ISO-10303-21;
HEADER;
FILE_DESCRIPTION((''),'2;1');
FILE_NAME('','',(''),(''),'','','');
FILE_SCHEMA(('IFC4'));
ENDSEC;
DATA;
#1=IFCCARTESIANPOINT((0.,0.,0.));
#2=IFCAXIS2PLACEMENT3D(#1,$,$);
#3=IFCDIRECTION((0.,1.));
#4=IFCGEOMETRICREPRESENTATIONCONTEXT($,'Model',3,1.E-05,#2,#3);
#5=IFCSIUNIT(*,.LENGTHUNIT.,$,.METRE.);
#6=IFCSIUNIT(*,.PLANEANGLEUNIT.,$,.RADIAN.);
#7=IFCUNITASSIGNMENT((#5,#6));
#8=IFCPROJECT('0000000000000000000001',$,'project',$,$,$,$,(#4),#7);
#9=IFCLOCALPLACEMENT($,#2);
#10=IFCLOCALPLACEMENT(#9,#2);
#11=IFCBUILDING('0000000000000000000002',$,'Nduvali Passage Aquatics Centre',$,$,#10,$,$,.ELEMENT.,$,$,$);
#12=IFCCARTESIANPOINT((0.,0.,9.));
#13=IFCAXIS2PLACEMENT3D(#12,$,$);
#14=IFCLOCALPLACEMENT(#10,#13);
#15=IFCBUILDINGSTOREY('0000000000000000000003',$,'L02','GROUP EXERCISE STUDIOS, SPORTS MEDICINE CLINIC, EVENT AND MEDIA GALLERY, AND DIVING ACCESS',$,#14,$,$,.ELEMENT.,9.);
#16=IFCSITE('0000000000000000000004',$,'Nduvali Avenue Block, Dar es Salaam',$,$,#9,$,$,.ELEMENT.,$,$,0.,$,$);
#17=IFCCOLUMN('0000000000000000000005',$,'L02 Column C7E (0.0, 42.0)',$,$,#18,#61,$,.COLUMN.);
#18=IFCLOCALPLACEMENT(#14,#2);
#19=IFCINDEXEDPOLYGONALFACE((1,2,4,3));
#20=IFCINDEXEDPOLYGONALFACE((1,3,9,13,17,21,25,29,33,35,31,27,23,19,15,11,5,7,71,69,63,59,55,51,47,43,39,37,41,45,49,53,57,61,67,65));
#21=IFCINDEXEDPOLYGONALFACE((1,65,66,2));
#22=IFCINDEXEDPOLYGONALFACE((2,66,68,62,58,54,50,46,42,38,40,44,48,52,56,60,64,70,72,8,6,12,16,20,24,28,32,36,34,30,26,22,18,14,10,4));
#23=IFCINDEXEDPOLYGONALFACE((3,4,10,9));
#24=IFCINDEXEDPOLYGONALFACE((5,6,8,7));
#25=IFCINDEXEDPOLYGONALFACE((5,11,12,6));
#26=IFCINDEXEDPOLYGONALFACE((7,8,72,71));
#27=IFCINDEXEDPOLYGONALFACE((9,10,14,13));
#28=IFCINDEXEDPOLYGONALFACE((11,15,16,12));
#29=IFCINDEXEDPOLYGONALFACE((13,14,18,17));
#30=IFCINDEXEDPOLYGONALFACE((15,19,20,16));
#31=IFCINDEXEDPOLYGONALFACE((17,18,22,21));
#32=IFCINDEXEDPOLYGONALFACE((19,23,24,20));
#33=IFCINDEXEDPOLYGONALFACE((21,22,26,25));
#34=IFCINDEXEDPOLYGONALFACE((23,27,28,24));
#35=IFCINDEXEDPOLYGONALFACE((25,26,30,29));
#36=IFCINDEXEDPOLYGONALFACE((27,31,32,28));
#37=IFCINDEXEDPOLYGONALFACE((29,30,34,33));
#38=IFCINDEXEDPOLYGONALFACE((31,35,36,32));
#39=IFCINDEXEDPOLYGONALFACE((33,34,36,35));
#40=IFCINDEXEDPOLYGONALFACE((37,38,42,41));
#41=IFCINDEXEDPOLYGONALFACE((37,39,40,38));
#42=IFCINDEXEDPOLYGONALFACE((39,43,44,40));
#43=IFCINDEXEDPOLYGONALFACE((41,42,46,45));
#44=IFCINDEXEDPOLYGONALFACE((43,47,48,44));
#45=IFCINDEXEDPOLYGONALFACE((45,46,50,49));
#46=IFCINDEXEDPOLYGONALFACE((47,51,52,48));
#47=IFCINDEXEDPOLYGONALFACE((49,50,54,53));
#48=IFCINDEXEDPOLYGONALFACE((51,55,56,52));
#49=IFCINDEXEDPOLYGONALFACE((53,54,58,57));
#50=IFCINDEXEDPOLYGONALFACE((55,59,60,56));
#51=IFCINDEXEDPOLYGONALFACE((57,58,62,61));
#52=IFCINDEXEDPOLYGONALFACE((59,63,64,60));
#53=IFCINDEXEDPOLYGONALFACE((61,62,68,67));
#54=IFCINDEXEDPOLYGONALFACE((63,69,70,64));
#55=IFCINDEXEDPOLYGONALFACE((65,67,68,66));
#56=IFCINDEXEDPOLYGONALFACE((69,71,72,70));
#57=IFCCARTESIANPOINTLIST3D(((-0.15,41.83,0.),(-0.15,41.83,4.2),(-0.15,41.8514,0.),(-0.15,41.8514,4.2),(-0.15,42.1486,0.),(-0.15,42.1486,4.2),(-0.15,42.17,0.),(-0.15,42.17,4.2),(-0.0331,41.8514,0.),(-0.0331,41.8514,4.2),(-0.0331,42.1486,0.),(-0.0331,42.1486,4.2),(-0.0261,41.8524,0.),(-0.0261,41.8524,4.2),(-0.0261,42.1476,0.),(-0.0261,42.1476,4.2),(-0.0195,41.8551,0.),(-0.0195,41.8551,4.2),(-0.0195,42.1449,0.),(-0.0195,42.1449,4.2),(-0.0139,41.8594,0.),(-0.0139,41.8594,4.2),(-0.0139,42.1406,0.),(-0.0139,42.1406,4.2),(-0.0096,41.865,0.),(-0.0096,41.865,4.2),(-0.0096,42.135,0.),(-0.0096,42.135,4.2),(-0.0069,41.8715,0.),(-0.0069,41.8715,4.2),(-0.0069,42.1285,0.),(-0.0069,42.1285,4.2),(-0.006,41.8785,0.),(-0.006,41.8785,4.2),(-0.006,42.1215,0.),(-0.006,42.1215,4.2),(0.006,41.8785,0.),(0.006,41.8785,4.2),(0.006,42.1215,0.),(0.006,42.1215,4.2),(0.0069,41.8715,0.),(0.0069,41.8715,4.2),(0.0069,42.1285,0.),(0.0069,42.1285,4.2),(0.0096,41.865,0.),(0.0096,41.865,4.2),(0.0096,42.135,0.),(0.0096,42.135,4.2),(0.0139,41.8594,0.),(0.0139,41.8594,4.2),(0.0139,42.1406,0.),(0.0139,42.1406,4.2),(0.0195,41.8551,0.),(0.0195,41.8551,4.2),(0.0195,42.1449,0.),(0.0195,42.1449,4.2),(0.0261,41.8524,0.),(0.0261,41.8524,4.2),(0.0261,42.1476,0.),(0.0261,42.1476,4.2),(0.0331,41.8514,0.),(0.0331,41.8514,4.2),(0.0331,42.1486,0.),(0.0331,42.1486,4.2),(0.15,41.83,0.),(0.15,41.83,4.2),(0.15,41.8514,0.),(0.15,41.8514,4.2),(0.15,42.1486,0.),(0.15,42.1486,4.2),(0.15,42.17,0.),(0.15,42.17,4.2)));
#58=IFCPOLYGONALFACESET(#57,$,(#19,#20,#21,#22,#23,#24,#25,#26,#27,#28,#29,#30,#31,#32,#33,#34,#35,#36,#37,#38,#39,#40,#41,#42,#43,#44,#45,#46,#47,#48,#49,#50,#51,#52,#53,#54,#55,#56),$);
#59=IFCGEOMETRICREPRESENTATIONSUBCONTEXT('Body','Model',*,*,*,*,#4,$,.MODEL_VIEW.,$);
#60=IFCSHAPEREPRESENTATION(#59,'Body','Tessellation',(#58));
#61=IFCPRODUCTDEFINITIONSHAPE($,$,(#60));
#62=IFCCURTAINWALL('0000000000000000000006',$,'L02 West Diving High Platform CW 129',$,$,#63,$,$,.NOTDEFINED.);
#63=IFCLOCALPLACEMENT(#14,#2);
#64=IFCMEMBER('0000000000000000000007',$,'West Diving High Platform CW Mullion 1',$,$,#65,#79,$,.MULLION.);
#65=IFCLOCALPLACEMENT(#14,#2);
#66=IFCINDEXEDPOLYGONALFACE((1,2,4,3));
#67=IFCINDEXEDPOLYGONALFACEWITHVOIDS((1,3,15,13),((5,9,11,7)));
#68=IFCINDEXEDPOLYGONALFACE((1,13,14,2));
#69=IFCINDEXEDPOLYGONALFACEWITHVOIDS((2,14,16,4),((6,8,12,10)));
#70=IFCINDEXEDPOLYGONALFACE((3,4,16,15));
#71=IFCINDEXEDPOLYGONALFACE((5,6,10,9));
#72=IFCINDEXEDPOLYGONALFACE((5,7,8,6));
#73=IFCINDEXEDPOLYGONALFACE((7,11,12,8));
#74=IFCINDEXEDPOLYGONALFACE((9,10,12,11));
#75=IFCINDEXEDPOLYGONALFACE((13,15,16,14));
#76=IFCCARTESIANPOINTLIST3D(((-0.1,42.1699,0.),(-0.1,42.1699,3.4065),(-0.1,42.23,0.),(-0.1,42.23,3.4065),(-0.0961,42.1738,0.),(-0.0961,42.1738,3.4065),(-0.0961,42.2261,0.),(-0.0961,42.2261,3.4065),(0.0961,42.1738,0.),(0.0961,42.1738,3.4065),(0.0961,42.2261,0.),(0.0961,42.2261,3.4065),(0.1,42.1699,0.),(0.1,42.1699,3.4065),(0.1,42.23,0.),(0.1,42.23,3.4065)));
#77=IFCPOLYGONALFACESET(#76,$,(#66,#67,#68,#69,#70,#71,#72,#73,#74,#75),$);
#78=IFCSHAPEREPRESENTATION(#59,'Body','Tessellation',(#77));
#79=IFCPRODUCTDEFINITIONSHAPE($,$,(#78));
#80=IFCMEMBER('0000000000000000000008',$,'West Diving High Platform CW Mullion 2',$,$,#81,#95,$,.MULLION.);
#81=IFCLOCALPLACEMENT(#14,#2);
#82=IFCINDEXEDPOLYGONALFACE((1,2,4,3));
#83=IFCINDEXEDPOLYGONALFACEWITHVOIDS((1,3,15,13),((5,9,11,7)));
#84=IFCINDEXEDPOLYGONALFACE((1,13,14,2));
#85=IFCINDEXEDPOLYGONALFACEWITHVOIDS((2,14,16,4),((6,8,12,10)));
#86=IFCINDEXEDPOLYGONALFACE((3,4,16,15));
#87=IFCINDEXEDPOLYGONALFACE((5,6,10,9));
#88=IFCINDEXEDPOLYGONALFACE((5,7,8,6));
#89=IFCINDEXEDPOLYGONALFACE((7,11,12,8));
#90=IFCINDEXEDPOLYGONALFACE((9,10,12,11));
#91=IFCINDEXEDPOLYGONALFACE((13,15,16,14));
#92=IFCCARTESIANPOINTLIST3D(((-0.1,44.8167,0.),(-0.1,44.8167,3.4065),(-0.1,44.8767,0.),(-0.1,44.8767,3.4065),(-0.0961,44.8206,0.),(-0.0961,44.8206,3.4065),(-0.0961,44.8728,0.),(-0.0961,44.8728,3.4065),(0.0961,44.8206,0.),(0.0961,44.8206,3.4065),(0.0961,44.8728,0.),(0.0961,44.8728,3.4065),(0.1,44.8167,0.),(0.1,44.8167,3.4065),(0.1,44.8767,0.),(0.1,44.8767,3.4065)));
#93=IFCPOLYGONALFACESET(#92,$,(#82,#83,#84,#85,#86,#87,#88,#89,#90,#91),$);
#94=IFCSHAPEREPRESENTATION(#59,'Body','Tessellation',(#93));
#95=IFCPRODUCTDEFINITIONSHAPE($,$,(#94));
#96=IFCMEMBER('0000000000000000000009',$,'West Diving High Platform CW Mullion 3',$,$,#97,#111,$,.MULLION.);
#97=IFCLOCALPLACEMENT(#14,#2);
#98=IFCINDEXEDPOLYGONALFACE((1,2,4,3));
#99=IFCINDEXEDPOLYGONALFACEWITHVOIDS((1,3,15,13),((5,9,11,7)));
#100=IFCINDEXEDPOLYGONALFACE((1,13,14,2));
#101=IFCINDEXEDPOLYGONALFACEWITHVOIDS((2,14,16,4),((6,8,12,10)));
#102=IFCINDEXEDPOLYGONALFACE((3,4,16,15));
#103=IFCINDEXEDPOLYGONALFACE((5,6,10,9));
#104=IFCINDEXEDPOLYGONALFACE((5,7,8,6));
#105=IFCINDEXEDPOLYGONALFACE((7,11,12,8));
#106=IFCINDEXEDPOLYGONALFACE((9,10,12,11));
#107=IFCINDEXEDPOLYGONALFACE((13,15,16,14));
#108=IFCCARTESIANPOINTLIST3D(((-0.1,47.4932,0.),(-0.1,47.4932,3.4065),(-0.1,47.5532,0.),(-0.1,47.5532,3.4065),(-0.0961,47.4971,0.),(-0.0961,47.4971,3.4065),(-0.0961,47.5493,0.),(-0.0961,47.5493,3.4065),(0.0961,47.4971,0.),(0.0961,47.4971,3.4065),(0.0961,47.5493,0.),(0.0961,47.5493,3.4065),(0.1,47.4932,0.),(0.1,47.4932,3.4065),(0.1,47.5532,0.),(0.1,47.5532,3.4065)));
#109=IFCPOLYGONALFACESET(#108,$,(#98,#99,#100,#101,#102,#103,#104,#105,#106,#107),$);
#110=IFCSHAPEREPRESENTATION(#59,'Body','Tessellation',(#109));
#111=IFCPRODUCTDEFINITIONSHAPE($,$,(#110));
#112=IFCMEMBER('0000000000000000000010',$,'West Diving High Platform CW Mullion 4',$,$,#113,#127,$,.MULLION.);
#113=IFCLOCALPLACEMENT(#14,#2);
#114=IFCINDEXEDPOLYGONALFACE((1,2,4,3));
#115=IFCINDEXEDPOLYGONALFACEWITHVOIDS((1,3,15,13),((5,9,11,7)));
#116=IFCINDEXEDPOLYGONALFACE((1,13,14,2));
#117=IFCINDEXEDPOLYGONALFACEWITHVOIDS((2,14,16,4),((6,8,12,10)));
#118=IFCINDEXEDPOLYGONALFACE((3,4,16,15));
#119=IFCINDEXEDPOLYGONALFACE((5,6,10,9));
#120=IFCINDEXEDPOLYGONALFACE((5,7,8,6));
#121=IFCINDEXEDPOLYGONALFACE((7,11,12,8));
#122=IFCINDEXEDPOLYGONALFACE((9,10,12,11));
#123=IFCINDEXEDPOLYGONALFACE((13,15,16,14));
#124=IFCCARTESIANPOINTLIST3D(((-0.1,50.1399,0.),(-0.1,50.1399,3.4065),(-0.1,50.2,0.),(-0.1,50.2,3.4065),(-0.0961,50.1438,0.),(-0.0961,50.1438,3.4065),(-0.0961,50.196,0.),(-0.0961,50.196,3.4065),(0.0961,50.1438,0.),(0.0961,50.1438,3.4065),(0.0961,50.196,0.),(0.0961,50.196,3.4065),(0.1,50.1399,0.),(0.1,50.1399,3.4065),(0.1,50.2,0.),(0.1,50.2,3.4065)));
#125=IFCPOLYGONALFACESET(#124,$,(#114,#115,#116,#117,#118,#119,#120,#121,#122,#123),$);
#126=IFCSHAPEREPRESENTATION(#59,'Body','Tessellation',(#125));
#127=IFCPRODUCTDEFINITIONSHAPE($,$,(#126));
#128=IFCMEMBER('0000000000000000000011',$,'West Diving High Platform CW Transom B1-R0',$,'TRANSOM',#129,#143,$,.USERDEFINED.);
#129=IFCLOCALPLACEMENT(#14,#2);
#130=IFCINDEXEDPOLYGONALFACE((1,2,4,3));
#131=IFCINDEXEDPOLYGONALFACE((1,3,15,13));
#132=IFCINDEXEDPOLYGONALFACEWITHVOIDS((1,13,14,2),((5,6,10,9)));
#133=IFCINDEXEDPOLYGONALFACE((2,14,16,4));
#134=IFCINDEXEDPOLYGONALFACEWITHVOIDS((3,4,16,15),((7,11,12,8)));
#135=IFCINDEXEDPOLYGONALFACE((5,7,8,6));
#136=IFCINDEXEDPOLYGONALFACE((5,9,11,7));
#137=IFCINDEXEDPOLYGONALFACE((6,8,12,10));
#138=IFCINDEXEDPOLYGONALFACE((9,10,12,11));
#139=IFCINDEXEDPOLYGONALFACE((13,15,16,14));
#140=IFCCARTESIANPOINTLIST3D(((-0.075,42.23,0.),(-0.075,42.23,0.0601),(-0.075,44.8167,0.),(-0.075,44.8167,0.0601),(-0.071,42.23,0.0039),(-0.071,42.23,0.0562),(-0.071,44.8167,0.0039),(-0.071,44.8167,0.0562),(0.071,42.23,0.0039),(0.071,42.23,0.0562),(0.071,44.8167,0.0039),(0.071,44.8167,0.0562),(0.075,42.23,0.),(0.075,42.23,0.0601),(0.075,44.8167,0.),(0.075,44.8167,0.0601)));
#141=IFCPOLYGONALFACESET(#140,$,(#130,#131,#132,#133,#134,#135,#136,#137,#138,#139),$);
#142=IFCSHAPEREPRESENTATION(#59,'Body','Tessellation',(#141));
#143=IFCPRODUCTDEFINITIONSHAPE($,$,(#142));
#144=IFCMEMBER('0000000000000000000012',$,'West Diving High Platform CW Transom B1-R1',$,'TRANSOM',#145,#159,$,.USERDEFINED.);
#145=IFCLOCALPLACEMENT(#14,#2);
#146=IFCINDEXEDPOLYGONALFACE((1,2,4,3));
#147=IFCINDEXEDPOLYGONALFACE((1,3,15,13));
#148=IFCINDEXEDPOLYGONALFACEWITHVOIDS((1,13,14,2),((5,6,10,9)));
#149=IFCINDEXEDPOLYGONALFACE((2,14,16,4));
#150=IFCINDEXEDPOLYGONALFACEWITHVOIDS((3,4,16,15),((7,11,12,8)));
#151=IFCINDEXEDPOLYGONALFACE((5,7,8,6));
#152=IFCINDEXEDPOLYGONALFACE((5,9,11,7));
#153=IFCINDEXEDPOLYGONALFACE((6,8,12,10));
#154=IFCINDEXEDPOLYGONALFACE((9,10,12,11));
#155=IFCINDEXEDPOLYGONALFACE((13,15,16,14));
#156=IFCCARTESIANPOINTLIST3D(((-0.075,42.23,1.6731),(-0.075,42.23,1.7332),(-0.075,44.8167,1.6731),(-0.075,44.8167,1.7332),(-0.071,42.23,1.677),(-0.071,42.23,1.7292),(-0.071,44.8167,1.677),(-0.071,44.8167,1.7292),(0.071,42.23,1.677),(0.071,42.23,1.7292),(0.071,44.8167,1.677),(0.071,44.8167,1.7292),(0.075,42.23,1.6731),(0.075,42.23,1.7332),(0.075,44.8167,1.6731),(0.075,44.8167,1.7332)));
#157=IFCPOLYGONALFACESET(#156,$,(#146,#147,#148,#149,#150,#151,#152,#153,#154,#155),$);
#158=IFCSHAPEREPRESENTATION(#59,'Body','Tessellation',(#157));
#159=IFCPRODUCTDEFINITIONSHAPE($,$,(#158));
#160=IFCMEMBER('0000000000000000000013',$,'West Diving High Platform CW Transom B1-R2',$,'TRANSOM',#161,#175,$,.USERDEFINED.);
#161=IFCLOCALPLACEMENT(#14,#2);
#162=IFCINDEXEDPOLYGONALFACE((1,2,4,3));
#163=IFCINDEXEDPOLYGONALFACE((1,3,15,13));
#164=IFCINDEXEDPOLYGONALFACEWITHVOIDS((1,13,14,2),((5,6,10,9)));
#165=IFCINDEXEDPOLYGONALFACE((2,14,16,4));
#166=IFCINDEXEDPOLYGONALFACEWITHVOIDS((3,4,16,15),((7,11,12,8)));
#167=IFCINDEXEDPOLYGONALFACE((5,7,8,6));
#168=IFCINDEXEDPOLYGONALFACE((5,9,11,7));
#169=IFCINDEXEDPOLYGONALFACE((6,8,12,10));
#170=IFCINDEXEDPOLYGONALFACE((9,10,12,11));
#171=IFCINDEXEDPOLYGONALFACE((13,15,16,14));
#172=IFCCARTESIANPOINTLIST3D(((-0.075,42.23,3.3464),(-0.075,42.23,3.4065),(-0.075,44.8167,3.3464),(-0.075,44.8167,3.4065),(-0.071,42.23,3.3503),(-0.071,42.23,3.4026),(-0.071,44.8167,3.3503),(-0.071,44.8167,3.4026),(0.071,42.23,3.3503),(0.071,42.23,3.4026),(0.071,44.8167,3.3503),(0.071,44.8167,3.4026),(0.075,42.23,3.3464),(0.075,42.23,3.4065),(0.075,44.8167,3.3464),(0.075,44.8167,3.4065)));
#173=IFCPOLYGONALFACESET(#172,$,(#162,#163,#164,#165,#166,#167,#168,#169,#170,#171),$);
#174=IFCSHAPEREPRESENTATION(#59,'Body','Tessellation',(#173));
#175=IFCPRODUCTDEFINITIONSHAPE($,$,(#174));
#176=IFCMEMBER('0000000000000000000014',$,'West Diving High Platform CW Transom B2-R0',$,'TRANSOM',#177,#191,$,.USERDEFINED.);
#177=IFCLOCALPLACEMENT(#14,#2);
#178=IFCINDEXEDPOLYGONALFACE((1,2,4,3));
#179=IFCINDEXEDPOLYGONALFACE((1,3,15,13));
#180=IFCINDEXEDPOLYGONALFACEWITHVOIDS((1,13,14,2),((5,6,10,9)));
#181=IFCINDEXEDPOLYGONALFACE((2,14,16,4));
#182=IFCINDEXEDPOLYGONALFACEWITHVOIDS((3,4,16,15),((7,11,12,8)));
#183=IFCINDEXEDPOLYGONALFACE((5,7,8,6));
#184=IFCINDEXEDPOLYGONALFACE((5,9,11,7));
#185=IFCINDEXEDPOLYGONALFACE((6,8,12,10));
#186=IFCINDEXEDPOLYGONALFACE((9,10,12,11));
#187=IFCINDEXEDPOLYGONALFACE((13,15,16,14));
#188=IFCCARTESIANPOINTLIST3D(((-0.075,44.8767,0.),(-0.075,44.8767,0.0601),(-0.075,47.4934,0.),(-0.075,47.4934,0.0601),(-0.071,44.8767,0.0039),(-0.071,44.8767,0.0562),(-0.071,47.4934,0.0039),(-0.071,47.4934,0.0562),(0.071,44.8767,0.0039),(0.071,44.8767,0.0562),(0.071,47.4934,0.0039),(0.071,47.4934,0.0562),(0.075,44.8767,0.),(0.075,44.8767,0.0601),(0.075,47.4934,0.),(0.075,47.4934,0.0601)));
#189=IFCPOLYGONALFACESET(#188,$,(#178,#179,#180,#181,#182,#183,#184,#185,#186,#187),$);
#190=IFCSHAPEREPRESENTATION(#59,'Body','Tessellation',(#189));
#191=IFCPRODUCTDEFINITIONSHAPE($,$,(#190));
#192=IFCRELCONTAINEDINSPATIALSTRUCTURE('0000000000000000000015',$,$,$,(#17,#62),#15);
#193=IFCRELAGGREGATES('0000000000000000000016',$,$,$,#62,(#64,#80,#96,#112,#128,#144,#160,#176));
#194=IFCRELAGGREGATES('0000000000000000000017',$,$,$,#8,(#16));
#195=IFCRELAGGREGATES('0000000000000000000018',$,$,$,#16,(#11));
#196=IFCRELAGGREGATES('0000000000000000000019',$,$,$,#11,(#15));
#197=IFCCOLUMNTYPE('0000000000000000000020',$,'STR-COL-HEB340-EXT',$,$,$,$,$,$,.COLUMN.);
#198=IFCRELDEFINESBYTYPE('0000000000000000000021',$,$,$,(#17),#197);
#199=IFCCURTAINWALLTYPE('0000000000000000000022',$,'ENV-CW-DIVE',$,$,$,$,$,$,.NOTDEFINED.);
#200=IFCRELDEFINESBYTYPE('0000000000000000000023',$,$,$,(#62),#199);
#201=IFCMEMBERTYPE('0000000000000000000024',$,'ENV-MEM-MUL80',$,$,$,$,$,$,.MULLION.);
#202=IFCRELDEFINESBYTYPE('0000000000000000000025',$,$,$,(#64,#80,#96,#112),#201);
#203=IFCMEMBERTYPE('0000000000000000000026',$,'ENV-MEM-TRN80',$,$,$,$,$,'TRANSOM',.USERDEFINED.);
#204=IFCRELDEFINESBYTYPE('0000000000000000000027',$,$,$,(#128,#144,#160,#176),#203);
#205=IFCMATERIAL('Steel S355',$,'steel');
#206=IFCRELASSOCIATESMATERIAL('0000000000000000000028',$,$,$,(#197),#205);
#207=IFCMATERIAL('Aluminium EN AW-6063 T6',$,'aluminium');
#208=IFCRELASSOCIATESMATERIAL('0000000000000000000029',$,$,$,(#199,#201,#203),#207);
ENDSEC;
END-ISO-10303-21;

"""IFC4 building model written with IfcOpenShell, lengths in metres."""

from ifc_helpers import new_model, si_unit, direction, frame, origin, origin_2d, place, context, subcontext, project, spatial, hollow_rectangle, i_section, extrude, material, material_profile, profile_set, type_object, element, aggregate, save


model = new_model("IFC4")

# Units and contexts
model_context = context("Model", 3, precision=1e-05, world=origin(), true_north=direction((0.0, 1.0)))
body_context = subcontext(model_context, "Body", "Model", "MODEL_VIEW")
ifc_project = project(units=[si_unit("LENGTHUNIT", "METRE"), si_unit("PLANEANGLEUNIT", "RADIAN")], contexts=[model_context])

# Site, building, storey
site_placement = place(None, origin())
site = spatial("IfcSite", under=ifc_project, at=site_placement, Name="Nduvali Avenue Block, Dar es Salaam", CompositionType="ELEMENT", RefElevation=0.0)
building_placement = place(site_placement, origin())
building = spatial("IfcBuilding", under=site, at=building_placement, Name="Nduvali Passage Aquatics Centre", CompositionType="ELEMENT")
storey_placement = place(building_placement, frame((0.0, 0.0, 9.0)))
storey = spatial("IfcBuildingStorey", under=building, at=storey_placement, Name="L02", Description="GROUP EXERCISE STUDIOS, SPORTS MEDICINE CLINIC, EVENT AND MEDIA GALLERY, AND DIVING ACCESS", CompositionType="ELEMENT", Elevation=9.0)

# Column
ifc_material_1 = material(Name="Steel S355", Category="steel")
ifc_material_profile_1 = material_profile(ifc_material_1, i_section(OverallWidth=0.3, OverallDepth=0.3401, WebThickness=0.012, FlangeThickness=0.0215, FilletRadius=0.0271, at=origin_2d()), Name="HEB 340")
ifc_profile_set_1 = profile_set([ifc_material_profile_1], Name="Steel S355")
column_type = type_object("IfcColumnType", Name="STR-COL-HEB340-EXT", PredefinedType="COLUMN", material=ifc_profile_set_1)
column_placement = place(storey_placement, frame((0.0, 42.0, 0.0), z_axis=(0.0, 0.0, 1.0), x_axis=(1.0, 0.0, 0.0)))
element("IfcColumn", 1, at=column_placement, inside=storey, type_object=column_type, Name="L02 Column C7E (0.0, 42.0)", PredefinedType="COLUMN", context=body_context, shape_type="SweptSolid", body=[
    extrude(i_section(OverallWidth=0.3, OverallDepth=0.3401, WebThickness=0.012, FlangeThickness=0.0215, FilletRadius=0.0271, at=origin_2d()), origin(), (0.0, 0.0, 1.0), 4.2),
])

# Curtain wall, members
ifc_material_2 = material(Name="Aluminium EN AW-6063 T6", Category="aluminium")
curtain_wall_type = type_object("IfcCurtainWallType", Name="ENV-CW-DIVE", PredefinedType="NOTDEFINED", material=ifc_material_2)
curtain_wall_placement = place(storey_placement, origin())
curtain_wall = element("IfcCurtainWall", 2, at=curtain_wall_placement, inside=storey, type_object=curtain_wall_type, Name="L02 West Diving High Platform CW 129", PredefinedType="NOTDEFINED")
ifc_material_profile_2 = material_profile(ifc_material_2, hollow_rectangle(XDim=0.0601, YDim=0.2, WallThickness=0.0039, at=origin_2d()), Name="ALU MULLION 60x200x4")
ifc_profile_set_2 = profile_set([ifc_material_profile_2], Name="Aluminium EN AW-6063 T6")
member_type_1 = type_object("IfcMemberType", Name="ENV-MEM-MUL80", PredefinedType="MULLION", material=ifc_profile_set_2)
member_1_placement = place(storey_placement, frame((0.0, 42.2, 0.0), z_axis=(0.0, 0.0, 1.0), x_axis=(0.0, 1.0, 0.0)))
member_1 = element("IfcMember", 3, at=member_1_placement, type_object=member_type_1, Name="West Diving High Platform CW Mullion 1", PredefinedType="MULLION", context=body_context, shape_type="SweptSolid", body=[
    extrude(hollow_rectangle(XDim=0.0601, YDim=0.2, WallThickness=0.0039, at=origin_2d()), origin(), (0.0, 0.0, 1.0), 3.4065),
])
member_2_placement = place(storey_placement, frame((0.0, 44.8467, 0.0), z_axis=(0.0, 0.0, 1.0), x_axis=(0.0, 1.0, 0.0)))
member_2 = element("IfcMember", 4, at=member_2_placement, type_object=member_type_1, Name="West Diving High Platform CW Mullion 2", PredefinedType="MULLION", context=body_context, shape_type="SweptSolid", body=[
    extrude(hollow_rectangle(XDim=0.0601, YDim=0.2, WallThickness=0.0039, at=origin_2d()), origin(), (0.0, 0.0, 1.0), 3.4065),
])
member_3_placement = place(storey_placement, frame((0.0, 47.5232, 0.0), z_axis=(0.0, 0.0, 1.0), x_axis=(0.0, 1.0, 0.0)))
member_3 = element("IfcMember", 5, at=member_3_placement, type_object=member_type_1, Name="West Diving High Platform CW Mullion 3", PredefinedType="MULLION", context=body_context, shape_type="SweptSolid", body=[
    extrude(hollow_rectangle(XDim=0.0601, YDim=0.2, WallThickness=0.0039, at=origin_2d()), origin(), (0.0, 0.0, 1.0), 3.4065),
])
member_4_placement = place(storey_placement, frame((0.0, 50.1699, 0.0), z_axis=(0.0, 0.0, 1.0), x_axis=(0.0, 1.0, 0.0)))
member_4 = element("IfcMember", 6, at=member_4_placement, type_object=member_type_1, Name="West Diving High Platform CW Mullion 4", PredefinedType="MULLION", context=body_context, shape_type="SweptSolid", body=[
    extrude(hollow_rectangle(XDim=0.0601, YDim=0.2, WallThickness=0.0039, at=origin_2d()), origin(), (0.0, 0.0, 1.0), 3.4065),
])
ifc_material_profile_3 = material_profile(ifc_material_2, hollow_rectangle(XDim=0.1499, YDim=0.0601, WallThickness=0.0039, at=origin_2d()), Name="ALU TRANSOM 150x60x4")
ifc_profile_set_3 = profile_set([ifc_material_profile_3], Name="Aluminium EN AW-6063 T6")
member_type_2 = type_object("IfcMemberType", Name="ENV-MEM-TRN80", ElementType="TRANSOM", PredefinedType="USERDEFINED", material=ifc_profile_set_3)
member_5_placement = place(storey_placement, frame((0.0, 42.23, 0.03), z_axis=(0.0, 1.0, 0.0), x_axis=(-1.0, 0.0, 0.0)))
member_5 = element("IfcMember", 7, at=member_5_placement, type_object=member_type_2, Name="West Diving High Platform CW Transom B1-R0", ObjectType="TRANSOM", PredefinedType="USERDEFINED", context=body_context, shape_type="SweptSolid", body=[
    extrude(hollow_rectangle(XDim=0.1499, YDim=0.0601, WallThickness=0.0039, at=origin_2d()), origin(), (0.0, 0.0, 1.0), 2.5867),
])
member_6_placement = place(storey_placement, frame((0.0, 42.23, 1.7031), z_axis=(0.0, 1.0, 0.0), x_axis=(-1.0, 0.0, 0.0)))
member_6 = element("IfcMember", 8, at=member_6_placement, type_object=member_type_2, Name="West Diving High Platform CW Transom B1-R1", ObjectType="TRANSOM", PredefinedType="USERDEFINED", context=body_context, shape_type="SweptSolid", body=[
    extrude(hollow_rectangle(XDim=0.1499, YDim=0.0601, WallThickness=0.0039, at=origin_2d()), origin(), (0.0, 0.0, 1.0), 2.5867),
])
member_7_placement = place(storey_placement, frame((0.0, 42.23, 3.3765), z_axis=(0.0, 1.0, 0.0), x_axis=(-1.0, 0.0, 0.0)))
member_7 = element("IfcMember", 9, at=member_7_placement, type_object=member_type_2, Name="West Diving High Platform CW Transom B1-R2", ObjectType="TRANSOM", PredefinedType="USERDEFINED", context=body_context, shape_type="SweptSolid", body=[
    extrude(hollow_rectangle(XDim=0.1499, YDim=0.0601, WallThickness=0.0039, at=origin_2d()), origin(), (0.0, 0.0, 1.0), 2.5867),
])
member_8_placement = place(storey_placement, frame((0.0, 44.8767, 0.03), z_axis=(0.0, 1.0, 0.0), x_axis=(-1.0, 0.0, 0.0)))
member_8 = element("IfcMember", 10, at=member_8_placement, type_object=member_type_2, Name="West Diving High Platform CW Transom B2-R0", ObjectType="TRANSOM", PredefinedType="USERDEFINED", context=body_context, shape_type="SweptSolid", body=[
    extrude(hollow_rectangle(XDim=0.1499, YDim=0.0601, WallThickness=0.0039, at=origin_2d()), origin(), (0.0, 0.0, 1.0), 2.6167),
])

aggregate(curtain_wall, [member_1, member_2, member_3, member_4, member_5, member_6, member_7, member_8])

save(model, "model.ifc")
